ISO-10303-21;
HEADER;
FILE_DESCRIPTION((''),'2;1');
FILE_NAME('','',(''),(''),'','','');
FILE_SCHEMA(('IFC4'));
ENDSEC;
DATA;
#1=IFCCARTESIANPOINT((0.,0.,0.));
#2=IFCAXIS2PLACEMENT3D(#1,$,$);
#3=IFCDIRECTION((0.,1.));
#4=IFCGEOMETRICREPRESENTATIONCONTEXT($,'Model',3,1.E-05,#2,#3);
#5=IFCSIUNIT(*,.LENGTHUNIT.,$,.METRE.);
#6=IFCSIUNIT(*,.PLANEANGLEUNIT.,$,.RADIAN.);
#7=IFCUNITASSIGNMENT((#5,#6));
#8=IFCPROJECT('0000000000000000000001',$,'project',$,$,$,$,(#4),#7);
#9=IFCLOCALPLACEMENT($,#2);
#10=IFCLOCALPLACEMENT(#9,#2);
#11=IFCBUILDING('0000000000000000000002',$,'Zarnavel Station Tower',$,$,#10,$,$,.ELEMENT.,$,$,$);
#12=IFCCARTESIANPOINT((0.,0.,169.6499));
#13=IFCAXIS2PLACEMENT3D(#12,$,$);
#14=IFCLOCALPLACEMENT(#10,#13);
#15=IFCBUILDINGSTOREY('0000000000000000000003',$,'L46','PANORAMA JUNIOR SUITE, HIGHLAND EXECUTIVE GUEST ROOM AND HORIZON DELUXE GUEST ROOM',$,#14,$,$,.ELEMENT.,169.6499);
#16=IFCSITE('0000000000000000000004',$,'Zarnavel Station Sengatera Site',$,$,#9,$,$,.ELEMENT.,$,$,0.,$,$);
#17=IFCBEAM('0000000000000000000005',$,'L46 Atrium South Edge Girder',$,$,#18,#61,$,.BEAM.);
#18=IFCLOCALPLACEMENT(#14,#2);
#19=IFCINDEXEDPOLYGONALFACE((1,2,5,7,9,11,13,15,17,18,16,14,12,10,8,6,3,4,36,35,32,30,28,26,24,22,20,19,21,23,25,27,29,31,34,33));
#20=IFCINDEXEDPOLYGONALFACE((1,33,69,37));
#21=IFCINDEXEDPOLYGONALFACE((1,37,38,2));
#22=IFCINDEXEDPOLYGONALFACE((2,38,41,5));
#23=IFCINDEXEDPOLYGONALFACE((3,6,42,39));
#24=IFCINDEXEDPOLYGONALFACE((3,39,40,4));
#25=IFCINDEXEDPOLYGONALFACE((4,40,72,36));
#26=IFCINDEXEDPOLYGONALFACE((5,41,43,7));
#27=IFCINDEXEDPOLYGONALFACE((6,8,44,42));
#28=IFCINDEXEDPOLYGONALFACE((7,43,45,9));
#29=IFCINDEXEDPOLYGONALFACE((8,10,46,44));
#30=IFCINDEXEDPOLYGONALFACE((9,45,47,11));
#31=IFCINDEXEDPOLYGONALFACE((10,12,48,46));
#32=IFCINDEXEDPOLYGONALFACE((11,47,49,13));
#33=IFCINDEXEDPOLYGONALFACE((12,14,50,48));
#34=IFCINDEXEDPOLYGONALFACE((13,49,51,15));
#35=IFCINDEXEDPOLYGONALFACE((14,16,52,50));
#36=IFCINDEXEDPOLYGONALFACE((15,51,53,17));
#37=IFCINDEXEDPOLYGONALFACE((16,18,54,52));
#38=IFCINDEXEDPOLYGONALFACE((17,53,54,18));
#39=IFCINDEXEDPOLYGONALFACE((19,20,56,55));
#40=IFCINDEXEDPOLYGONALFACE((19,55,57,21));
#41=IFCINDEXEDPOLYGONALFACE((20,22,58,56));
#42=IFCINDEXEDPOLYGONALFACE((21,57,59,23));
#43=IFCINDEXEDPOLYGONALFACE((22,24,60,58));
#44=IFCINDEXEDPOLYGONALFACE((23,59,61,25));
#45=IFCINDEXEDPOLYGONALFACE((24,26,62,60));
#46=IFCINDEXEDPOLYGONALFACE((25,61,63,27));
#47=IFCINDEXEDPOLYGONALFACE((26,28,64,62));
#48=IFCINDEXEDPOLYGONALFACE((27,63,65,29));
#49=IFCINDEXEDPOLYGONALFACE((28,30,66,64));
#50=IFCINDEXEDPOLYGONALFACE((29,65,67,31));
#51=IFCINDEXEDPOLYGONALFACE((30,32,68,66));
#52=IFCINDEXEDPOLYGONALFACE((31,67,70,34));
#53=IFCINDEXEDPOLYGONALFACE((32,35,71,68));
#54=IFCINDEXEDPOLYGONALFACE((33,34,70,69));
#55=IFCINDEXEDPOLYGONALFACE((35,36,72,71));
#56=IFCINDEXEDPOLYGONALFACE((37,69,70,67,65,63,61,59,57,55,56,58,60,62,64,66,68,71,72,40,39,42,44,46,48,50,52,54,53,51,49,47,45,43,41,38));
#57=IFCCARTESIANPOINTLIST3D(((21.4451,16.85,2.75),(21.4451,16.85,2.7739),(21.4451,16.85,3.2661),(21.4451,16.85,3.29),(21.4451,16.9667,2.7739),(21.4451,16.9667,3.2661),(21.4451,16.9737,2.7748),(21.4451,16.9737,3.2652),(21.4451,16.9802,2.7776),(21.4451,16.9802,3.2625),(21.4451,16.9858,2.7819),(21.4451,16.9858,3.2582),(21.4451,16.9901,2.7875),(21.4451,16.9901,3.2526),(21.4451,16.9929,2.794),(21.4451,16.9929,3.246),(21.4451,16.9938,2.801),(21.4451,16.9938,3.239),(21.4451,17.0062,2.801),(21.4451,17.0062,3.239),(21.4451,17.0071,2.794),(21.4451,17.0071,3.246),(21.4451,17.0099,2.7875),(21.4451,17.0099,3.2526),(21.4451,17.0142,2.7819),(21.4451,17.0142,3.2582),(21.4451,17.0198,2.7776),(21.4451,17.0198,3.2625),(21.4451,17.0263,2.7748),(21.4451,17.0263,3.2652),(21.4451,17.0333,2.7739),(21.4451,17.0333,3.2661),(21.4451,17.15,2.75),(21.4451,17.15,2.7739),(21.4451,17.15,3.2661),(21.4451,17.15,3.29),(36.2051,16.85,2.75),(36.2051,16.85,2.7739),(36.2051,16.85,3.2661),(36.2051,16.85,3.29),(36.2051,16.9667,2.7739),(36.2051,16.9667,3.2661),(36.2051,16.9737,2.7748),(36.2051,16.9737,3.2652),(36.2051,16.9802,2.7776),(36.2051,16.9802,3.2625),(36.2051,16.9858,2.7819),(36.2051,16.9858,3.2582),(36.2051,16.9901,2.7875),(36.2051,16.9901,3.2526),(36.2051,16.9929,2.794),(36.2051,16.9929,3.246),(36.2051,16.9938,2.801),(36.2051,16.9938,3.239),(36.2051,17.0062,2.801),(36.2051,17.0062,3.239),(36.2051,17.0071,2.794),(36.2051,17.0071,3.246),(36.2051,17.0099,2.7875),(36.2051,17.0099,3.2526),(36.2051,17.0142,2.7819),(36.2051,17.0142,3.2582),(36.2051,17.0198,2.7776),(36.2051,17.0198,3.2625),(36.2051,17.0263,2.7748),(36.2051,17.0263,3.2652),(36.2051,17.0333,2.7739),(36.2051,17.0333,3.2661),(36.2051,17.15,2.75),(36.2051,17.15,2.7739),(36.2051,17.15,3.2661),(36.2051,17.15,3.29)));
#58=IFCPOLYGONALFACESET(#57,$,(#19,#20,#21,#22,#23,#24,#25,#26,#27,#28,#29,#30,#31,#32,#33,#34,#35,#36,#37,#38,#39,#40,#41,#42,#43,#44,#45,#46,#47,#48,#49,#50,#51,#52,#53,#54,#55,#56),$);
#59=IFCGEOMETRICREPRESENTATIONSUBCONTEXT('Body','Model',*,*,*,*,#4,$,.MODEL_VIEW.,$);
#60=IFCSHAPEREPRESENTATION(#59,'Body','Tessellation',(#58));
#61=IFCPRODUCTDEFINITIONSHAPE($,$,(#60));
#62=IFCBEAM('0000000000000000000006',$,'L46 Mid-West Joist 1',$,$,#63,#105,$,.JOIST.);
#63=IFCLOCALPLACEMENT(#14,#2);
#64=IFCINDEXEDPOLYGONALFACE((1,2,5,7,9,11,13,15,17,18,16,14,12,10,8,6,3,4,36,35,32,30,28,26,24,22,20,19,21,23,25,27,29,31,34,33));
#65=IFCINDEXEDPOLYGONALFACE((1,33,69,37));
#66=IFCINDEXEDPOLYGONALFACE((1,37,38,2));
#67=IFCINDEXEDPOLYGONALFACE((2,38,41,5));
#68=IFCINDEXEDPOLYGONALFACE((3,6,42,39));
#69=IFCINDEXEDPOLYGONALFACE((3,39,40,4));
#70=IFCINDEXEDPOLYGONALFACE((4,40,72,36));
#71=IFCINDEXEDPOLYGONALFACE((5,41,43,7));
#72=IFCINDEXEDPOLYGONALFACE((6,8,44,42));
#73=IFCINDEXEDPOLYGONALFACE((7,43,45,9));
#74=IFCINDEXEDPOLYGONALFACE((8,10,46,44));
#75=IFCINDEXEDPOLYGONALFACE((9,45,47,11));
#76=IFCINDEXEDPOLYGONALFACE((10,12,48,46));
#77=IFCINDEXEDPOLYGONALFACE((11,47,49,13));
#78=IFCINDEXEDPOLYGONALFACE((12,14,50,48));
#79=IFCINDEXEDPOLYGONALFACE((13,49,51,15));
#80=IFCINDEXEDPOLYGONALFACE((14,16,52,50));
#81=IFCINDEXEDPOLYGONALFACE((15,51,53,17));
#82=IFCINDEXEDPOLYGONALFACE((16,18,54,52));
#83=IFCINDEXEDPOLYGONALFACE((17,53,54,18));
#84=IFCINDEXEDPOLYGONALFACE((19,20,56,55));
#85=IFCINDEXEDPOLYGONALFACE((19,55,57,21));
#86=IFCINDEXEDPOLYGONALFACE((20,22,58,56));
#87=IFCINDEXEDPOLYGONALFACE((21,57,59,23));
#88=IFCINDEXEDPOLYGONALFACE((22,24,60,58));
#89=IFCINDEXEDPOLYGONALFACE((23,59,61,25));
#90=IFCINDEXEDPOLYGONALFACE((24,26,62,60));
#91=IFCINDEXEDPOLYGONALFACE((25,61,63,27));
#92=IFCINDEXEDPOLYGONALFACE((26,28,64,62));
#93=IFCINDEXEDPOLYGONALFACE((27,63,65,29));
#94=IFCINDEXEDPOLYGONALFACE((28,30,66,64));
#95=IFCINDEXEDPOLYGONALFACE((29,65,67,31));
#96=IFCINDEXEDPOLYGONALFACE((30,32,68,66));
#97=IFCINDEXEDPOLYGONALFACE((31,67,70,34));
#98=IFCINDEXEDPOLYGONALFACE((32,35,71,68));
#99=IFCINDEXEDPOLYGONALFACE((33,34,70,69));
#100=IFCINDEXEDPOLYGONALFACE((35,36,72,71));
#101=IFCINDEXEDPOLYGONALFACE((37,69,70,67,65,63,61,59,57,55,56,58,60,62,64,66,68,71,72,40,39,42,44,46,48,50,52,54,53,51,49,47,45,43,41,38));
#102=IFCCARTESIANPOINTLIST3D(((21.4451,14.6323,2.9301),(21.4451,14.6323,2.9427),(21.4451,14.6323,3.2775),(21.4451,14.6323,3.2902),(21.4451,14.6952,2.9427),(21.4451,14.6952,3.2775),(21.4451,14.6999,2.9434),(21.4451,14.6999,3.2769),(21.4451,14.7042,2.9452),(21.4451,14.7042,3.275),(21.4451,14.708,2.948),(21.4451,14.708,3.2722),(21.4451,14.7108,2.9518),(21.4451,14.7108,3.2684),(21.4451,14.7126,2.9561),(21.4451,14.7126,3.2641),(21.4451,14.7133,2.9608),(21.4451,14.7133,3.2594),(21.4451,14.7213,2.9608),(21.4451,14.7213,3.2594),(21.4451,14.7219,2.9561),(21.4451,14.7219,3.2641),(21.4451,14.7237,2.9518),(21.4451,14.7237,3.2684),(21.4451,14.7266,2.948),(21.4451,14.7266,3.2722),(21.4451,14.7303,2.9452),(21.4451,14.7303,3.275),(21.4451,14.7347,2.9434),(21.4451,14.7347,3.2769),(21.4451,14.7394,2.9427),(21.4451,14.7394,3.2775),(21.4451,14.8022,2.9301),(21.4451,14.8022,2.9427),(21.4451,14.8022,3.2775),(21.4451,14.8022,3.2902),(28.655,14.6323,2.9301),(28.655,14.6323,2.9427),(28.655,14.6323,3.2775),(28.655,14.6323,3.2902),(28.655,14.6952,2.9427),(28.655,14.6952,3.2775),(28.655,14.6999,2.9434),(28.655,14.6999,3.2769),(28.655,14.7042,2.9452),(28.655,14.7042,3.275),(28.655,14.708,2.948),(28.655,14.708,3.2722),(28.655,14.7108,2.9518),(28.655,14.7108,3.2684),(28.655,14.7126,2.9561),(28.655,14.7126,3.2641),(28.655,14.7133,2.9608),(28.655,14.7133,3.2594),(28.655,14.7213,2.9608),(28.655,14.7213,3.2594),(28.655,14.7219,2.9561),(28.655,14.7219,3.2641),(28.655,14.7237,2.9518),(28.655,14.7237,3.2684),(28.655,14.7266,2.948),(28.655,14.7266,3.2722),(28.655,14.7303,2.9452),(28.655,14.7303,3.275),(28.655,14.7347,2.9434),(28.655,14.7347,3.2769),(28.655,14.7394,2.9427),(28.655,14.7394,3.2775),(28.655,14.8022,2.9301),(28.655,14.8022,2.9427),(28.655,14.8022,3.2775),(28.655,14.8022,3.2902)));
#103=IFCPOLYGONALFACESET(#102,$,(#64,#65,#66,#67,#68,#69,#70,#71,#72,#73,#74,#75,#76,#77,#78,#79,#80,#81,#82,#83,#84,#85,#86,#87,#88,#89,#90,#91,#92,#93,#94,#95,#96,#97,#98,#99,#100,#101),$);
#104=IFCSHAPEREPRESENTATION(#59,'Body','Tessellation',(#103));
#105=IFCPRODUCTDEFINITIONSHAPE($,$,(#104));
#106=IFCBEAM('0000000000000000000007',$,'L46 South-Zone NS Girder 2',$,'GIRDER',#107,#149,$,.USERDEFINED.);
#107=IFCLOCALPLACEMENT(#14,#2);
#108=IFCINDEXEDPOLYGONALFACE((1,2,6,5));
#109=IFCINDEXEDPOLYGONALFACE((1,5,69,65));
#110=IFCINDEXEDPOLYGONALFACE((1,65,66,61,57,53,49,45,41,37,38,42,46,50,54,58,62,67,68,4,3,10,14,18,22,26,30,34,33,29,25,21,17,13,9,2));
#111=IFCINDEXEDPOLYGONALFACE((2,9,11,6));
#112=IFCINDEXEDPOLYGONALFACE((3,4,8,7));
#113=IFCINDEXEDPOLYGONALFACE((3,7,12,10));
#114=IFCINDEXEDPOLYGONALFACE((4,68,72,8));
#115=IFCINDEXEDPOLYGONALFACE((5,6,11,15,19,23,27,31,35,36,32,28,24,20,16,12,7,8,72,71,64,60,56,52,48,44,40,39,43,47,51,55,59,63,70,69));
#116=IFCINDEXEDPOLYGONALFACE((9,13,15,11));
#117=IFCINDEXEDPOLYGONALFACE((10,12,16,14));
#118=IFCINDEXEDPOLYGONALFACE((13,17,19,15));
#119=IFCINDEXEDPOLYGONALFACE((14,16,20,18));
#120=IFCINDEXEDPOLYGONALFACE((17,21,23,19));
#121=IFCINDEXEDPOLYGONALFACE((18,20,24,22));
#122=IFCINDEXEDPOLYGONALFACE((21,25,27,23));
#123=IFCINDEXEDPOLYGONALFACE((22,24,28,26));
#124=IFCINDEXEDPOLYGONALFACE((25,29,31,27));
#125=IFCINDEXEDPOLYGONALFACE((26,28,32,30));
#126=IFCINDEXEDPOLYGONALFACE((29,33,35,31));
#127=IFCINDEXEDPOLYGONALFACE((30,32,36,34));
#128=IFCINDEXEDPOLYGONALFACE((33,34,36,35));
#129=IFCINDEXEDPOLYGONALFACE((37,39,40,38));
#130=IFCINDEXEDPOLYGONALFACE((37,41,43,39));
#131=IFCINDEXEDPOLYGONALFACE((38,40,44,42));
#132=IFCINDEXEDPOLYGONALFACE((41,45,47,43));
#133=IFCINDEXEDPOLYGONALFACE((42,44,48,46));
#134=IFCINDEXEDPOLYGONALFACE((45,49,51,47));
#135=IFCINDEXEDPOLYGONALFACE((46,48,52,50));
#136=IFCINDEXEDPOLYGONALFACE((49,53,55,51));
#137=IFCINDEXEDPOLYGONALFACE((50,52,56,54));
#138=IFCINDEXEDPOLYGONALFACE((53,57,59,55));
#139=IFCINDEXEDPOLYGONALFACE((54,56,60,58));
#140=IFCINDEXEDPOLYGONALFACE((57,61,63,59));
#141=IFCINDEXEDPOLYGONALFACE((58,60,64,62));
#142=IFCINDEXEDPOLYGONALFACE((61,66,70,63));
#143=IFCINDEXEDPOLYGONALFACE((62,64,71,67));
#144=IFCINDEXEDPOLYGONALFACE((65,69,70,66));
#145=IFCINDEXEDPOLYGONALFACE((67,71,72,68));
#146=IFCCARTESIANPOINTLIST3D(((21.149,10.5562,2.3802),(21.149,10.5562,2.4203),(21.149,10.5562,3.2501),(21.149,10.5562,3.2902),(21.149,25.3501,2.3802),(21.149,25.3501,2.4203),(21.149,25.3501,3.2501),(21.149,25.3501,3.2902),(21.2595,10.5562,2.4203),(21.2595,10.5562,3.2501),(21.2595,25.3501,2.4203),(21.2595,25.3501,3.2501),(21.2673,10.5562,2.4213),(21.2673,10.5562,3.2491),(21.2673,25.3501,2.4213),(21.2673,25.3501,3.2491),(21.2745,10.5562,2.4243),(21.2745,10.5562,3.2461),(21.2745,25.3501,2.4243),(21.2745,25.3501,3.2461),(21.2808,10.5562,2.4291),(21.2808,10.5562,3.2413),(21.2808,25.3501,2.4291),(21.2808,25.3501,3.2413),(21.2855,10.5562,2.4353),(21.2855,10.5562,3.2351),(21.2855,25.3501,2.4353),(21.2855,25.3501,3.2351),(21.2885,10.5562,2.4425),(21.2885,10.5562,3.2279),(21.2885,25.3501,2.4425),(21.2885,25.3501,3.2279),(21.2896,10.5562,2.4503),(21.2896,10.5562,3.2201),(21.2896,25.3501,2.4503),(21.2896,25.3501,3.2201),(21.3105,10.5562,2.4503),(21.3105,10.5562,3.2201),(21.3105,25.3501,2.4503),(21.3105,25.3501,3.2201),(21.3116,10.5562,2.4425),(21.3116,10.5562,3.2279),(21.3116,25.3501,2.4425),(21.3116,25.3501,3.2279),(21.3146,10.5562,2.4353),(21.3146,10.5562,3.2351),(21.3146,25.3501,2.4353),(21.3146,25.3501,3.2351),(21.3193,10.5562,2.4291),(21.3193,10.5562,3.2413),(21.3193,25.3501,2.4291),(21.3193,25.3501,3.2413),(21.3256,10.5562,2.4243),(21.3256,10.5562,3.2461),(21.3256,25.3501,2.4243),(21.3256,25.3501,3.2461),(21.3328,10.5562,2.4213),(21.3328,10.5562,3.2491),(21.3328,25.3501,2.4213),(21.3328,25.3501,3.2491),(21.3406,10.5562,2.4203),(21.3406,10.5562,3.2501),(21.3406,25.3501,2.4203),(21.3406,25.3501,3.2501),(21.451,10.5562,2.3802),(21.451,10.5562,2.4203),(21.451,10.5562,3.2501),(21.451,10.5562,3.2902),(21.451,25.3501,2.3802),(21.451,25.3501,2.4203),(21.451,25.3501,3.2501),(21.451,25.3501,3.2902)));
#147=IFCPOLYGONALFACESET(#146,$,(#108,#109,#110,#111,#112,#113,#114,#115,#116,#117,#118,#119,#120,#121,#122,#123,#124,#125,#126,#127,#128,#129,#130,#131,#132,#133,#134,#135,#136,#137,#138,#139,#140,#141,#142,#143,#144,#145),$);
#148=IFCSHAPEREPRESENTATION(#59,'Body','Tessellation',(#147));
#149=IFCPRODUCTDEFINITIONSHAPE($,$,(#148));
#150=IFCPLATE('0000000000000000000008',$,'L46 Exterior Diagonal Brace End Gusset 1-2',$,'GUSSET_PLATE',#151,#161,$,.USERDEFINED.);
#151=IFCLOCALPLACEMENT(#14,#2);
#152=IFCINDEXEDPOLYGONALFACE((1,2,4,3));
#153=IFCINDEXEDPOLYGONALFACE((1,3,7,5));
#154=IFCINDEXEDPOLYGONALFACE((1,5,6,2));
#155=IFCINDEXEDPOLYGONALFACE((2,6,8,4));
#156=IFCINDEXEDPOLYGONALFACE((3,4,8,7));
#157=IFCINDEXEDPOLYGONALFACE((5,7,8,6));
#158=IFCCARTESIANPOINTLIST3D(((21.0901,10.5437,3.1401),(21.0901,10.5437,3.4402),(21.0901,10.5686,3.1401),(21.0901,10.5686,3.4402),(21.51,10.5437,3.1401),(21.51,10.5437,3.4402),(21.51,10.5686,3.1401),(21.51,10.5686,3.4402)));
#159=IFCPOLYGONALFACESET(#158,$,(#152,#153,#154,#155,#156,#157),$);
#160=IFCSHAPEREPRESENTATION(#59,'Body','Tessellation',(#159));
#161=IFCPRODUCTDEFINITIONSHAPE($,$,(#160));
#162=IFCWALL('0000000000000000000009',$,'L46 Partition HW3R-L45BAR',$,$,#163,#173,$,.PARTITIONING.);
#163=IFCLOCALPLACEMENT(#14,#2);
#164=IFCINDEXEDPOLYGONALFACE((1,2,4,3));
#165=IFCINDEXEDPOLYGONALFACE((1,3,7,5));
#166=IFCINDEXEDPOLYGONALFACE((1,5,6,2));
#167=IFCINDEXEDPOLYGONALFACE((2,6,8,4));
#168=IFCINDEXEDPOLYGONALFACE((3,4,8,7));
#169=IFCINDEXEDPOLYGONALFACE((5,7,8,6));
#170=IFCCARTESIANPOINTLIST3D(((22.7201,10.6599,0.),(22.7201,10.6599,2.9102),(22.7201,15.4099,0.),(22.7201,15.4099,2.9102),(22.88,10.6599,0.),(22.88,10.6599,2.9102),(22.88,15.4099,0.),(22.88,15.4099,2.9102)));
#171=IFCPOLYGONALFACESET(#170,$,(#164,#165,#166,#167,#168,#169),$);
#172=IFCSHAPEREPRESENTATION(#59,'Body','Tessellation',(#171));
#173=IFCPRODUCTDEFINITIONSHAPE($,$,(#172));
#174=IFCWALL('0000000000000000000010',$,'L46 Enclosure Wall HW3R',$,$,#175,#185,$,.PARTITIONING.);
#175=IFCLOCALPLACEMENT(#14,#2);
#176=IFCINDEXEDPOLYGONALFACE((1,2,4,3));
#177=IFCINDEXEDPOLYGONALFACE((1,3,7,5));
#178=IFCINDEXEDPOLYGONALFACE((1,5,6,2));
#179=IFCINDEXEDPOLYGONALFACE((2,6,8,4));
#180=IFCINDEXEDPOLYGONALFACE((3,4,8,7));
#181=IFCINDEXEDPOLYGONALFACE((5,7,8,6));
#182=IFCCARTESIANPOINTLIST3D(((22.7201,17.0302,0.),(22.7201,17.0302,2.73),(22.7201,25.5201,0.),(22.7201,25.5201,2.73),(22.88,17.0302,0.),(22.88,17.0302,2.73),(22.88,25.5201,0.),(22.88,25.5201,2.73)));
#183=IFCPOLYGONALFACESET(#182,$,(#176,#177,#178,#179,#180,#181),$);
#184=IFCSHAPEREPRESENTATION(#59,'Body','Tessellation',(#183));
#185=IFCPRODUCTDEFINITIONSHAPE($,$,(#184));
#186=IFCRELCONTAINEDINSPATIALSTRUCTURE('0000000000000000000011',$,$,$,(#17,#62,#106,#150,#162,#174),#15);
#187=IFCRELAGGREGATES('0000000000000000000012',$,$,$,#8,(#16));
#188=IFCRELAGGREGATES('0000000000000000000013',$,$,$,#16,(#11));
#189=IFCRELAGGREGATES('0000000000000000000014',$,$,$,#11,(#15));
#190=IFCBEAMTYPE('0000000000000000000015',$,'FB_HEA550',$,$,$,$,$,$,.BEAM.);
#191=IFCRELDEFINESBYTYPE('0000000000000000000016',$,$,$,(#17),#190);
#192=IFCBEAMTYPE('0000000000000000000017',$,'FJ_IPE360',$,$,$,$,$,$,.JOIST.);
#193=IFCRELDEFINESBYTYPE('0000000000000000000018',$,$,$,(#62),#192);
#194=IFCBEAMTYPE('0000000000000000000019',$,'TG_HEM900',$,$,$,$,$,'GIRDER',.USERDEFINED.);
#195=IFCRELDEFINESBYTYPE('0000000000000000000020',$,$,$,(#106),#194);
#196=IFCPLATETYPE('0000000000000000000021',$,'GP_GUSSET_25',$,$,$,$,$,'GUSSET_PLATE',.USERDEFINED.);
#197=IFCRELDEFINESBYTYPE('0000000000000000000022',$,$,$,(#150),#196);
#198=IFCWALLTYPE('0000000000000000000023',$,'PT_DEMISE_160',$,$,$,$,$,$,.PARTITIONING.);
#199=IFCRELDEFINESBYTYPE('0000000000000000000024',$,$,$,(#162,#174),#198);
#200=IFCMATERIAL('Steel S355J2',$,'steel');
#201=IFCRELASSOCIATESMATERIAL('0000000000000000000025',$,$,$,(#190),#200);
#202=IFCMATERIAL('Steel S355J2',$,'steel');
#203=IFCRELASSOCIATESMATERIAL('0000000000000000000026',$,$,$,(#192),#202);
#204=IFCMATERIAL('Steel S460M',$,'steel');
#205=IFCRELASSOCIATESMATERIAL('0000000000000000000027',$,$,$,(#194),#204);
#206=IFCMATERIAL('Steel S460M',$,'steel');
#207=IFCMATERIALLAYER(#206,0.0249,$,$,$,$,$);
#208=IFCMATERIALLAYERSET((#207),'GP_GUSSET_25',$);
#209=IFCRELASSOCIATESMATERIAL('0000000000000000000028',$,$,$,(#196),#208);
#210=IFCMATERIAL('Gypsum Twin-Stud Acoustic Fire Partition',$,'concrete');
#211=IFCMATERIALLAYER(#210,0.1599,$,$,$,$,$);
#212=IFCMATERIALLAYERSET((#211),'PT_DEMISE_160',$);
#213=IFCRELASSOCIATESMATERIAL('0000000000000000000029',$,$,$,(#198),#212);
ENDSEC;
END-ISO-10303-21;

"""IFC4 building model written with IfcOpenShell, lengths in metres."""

from ifc_helpers import new_model, si_unit, direction, frame, frame_2d, origin, origin_2d, place, context, subcontext, project, spatial, rectangle, i_section, extrude, material, layer, layer_set, material_profile, profile_set, type_object, element, save


model = new_model("IFC4")

# Units and contexts
model_context = context("Model", 3, precision=1e-05, world=origin(), true_north=direction((0.0, 1.0)))
body_context = subcontext(model_context, "Body", "Model", "MODEL_VIEW")
ifc_project = project(units=[si_unit("LENGTHUNIT", "METRE"), si_unit("PLANEANGLEUNIT", "RADIAN")], contexts=[model_context])

# Site, building, storey
site_placement = place(None, origin())
site = spatial("IfcSite", under=ifc_project, at=site_placement, Name="Zarnavel Station Sengatera Site", CompositionType="ELEMENT", RefElevation=0.0)
building_placement = place(site_placement, origin())
building = spatial("IfcBuilding", under=site, at=building_placement, Name="Zarnavel Station Tower", CompositionType="ELEMENT")
storey_placement = place(building_placement, frame((0.0, 0.0, 169.6499)))
storey = spatial("IfcBuildingStorey", under=building, at=storey_placement, Name="L46", Description="PANORAMA JUNIOR SUITE, HIGHLAND EXECUTIVE GUEST ROOM AND HORIZON DELUXE GUEST ROOM", CompositionType="ELEMENT", Elevation=169.6499)

# Beams
ifc_material_1 = material(Name="Steel S355J2", Category="steel")
ifc_material_profile_1 = material_profile(ifc_material_1, i_section(OverallWidth=0.3, OverallDepth=0.54, WebThickness=0.0125, FlangeThickness=0.0239, FilletRadius=0.0271, at=origin_2d()), Name="HEA550")
ifc_profile_set_1 = profile_set([ifc_material_profile_1], Name="Steel S355J2")
beam_type_1 = type_object("IfcBeamType", Name="FB_HEA550", PredefinedType="BEAM", material=ifc_profile_set_1)
beam_1_placement = place(storey_placement, frame((21.4451, 17.0, 3.02), z_axis=(1.0, 0.0, 0.0), x_axis=(0.0, 1.0, 0.0)))
element("IfcBeam", 1, at=beam_1_placement, inside=storey, type_object=beam_type_1, Name="L46 Atrium South Edge Girder", PredefinedType="BEAM", context=body_context, shape_type="SweptSolid", body=[
    extrude(i_section(OverallWidth=0.3, OverallDepth=0.54, WebThickness=0.0125, FlangeThickness=0.0239, FilletRadius=0.0271, at=origin_2d()), origin(), (0.0, 0.0, 1.0), 14.76),
])
ifc_material_2 = material(Name="Steel S355J2", Category="steel")
ifc_material_profile_2 = material_profile(ifc_material_2, i_section(OverallWidth=0.1699, OverallDepth=0.3601, WebThickness=0.0081, FlangeThickness=0.0127, FilletRadius=0.0181, at=origin_2d()), Name="IPE360")
ifc_profile_set_2 = profile_set([ifc_material_profile_2], Name="Steel S355J2")
beam_type_2 = type_object("IfcBeamType", Name="FJ_IPE360", PredefinedType="JOIST", material=ifc_profile_set_2)
beam_2_placement = place(storey_placement, frame((21.4451, 14.7173, 3.1101), z_axis=(1.0, 0.0, 0.0), x_axis=(0.0, 1.0, 0.0)))
element("IfcBeam", 2, at=beam_2_placement, inside=storey, type_object=beam_type_2, Name="L46 Mid-West Joist 1", PredefinedType="JOIST", context=body_context, shape_type="SweptSolid", body=[
    extrude(i_section(OverallWidth=0.1699, OverallDepth=0.3601, WebThickness=0.0081, FlangeThickness=0.0127, FilletRadius=0.0181, at=origin_2d()), origin(), (0.0, 0.0, 1.0), 7.21),
])
ifc_material_3 = material(Name="Steel S460M", Category="steel")
ifc_material_profile_3 = material_profile(ifc_material_3, i_section(OverallWidth=0.302, OverallDepth=0.9099, WebThickness=0.021, FlangeThickness=0.04, FilletRadius=0.03, at=origin_2d()), Name="HEM900")
ifc_profile_set_3 = profile_set([ifc_material_profile_3], Name="Steel S460M")
beam_type_3 = type_object("IfcBeamType", Name="TG_HEM900", ElementType="GIRDER", PredefinedType="USERDEFINED", material=ifc_profile_set_3)
beam_3_placement = place(storey_placement, frame((21.3, 10.5562, 2.8352), z_axis=(0.0, 1.0, 0.0), x_axis=(-1.0, 0.0, 0.0)))
element("IfcBeam", 3, at=beam_3_placement, inside=storey, type_object=beam_type_3, Name="L46 South-Zone NS Girder 2", ObjectType="GIRDER", PredefinedType="USERDEFINED", context=body_context, shape_type="SweptSolid", body=[
    extrude(i_section(OverallWidth=0.302, OverallDepth=0.9099, WebThickness=0.021, FlangeThickness=0.04, FilletRadius=0.03, at=origin_2d()), origin(), (0.0, 0.0, 1.0), 14.7939),
])

# Plate
ifc_material_4 = material(Name="Steel S460M", Category="steel")
ifc_layer_1 = layer(ifc_material_4, 0.0249)
ifc_layer_set_1 = layer_set([ifc_layer_1], Name="GP_GUSSET_25")
plate_type = type_object("IfcPlateType", Name="GP_GUSSET_25", ElementType="GUSSET_PLATE", PredefinedType="USERDEFINED", material=ifc_layer_set_1)
plate_placement = place(storey_placement, frame((21.3, 10.5562, 3.1401), z_axis=(0.0, 0.0, 1.0), x_axis=(1.0, 0.0, 0.0)))
element("IfcPlate", 4, at=plate_placement, inside=storey, type_object=plate_type, Name="L46 Exterior Diagonal Brace End Gusset 1-2", ObjectType="GUSSET_PLATE", PredefinedType="USERDEFINED", context=body_context, shape_type="SweptSolid", body=[
    extrude(rectangle(XDim=0.4199, YDim=0.0249, at=origin_2d()), origin(), (0.0, 0.0, 1.0), 0.3),
])

# Shared definitions
ifc_material_5 = material(Name="Gypsum Twin-Stud Acoustic Fire Partition", Category="concrete")
ifc_layer_2 = layer(ifc_material_5, 0.1599)
ifc_layer_set_2 = layer_set([ifc_layer_2], Name="PT_DEMISE_160")
wall_type_1 = type_object("IfcWallType", Name="PT_DEMISE_160", PredefinedType="PARTITIONING", material=ifc_layer_set_2)

# Walls
wall_1_placement = place(storey_placement, frame((22.8, 10.6599, 0.0), z_axis=(0.0, 0.0, 1.0), x_axis=(0.0, 1.0, 0.0)))
element("IfcWall", 5, at=wall_1_placement, inside=storey, type_object=wall_type_1, Name="L46 Partition HW3R-L45BAR", PredefinedType="PARTITIONING", context=body_context, shape_type="SweptSolid", body=[
    extrude(rectangle(XDim=4.75, YDim=0.1599, at=frame_2d((2.375, 0.0))), origin(), (0.0, 0.0, 1.0), 2.9102),
])
wall_2_placement = place(storey_placement, frame((22.8, 17.03, 0.0), z_axis=(0.0, 0.0, 1.0), x_axis=(0.0, 1.0, 0.0)))
element("IfcWall", 6, at=wall_2_placement, inside=storey, type_object=wall_type_1, Name="L46 Enclosure Wall HW3R", PredefinedType="PARTITIONING", context=body_context, shape_type="SweptSolid", body=[
    extrude(rectangle(XDim=8.49, YDim=0.1599, at=frame_2d((4.2451, 0.0))), origin(), (0.0, 0.0, 1.0), 2.73),
])

save(model, "model.ifc")
